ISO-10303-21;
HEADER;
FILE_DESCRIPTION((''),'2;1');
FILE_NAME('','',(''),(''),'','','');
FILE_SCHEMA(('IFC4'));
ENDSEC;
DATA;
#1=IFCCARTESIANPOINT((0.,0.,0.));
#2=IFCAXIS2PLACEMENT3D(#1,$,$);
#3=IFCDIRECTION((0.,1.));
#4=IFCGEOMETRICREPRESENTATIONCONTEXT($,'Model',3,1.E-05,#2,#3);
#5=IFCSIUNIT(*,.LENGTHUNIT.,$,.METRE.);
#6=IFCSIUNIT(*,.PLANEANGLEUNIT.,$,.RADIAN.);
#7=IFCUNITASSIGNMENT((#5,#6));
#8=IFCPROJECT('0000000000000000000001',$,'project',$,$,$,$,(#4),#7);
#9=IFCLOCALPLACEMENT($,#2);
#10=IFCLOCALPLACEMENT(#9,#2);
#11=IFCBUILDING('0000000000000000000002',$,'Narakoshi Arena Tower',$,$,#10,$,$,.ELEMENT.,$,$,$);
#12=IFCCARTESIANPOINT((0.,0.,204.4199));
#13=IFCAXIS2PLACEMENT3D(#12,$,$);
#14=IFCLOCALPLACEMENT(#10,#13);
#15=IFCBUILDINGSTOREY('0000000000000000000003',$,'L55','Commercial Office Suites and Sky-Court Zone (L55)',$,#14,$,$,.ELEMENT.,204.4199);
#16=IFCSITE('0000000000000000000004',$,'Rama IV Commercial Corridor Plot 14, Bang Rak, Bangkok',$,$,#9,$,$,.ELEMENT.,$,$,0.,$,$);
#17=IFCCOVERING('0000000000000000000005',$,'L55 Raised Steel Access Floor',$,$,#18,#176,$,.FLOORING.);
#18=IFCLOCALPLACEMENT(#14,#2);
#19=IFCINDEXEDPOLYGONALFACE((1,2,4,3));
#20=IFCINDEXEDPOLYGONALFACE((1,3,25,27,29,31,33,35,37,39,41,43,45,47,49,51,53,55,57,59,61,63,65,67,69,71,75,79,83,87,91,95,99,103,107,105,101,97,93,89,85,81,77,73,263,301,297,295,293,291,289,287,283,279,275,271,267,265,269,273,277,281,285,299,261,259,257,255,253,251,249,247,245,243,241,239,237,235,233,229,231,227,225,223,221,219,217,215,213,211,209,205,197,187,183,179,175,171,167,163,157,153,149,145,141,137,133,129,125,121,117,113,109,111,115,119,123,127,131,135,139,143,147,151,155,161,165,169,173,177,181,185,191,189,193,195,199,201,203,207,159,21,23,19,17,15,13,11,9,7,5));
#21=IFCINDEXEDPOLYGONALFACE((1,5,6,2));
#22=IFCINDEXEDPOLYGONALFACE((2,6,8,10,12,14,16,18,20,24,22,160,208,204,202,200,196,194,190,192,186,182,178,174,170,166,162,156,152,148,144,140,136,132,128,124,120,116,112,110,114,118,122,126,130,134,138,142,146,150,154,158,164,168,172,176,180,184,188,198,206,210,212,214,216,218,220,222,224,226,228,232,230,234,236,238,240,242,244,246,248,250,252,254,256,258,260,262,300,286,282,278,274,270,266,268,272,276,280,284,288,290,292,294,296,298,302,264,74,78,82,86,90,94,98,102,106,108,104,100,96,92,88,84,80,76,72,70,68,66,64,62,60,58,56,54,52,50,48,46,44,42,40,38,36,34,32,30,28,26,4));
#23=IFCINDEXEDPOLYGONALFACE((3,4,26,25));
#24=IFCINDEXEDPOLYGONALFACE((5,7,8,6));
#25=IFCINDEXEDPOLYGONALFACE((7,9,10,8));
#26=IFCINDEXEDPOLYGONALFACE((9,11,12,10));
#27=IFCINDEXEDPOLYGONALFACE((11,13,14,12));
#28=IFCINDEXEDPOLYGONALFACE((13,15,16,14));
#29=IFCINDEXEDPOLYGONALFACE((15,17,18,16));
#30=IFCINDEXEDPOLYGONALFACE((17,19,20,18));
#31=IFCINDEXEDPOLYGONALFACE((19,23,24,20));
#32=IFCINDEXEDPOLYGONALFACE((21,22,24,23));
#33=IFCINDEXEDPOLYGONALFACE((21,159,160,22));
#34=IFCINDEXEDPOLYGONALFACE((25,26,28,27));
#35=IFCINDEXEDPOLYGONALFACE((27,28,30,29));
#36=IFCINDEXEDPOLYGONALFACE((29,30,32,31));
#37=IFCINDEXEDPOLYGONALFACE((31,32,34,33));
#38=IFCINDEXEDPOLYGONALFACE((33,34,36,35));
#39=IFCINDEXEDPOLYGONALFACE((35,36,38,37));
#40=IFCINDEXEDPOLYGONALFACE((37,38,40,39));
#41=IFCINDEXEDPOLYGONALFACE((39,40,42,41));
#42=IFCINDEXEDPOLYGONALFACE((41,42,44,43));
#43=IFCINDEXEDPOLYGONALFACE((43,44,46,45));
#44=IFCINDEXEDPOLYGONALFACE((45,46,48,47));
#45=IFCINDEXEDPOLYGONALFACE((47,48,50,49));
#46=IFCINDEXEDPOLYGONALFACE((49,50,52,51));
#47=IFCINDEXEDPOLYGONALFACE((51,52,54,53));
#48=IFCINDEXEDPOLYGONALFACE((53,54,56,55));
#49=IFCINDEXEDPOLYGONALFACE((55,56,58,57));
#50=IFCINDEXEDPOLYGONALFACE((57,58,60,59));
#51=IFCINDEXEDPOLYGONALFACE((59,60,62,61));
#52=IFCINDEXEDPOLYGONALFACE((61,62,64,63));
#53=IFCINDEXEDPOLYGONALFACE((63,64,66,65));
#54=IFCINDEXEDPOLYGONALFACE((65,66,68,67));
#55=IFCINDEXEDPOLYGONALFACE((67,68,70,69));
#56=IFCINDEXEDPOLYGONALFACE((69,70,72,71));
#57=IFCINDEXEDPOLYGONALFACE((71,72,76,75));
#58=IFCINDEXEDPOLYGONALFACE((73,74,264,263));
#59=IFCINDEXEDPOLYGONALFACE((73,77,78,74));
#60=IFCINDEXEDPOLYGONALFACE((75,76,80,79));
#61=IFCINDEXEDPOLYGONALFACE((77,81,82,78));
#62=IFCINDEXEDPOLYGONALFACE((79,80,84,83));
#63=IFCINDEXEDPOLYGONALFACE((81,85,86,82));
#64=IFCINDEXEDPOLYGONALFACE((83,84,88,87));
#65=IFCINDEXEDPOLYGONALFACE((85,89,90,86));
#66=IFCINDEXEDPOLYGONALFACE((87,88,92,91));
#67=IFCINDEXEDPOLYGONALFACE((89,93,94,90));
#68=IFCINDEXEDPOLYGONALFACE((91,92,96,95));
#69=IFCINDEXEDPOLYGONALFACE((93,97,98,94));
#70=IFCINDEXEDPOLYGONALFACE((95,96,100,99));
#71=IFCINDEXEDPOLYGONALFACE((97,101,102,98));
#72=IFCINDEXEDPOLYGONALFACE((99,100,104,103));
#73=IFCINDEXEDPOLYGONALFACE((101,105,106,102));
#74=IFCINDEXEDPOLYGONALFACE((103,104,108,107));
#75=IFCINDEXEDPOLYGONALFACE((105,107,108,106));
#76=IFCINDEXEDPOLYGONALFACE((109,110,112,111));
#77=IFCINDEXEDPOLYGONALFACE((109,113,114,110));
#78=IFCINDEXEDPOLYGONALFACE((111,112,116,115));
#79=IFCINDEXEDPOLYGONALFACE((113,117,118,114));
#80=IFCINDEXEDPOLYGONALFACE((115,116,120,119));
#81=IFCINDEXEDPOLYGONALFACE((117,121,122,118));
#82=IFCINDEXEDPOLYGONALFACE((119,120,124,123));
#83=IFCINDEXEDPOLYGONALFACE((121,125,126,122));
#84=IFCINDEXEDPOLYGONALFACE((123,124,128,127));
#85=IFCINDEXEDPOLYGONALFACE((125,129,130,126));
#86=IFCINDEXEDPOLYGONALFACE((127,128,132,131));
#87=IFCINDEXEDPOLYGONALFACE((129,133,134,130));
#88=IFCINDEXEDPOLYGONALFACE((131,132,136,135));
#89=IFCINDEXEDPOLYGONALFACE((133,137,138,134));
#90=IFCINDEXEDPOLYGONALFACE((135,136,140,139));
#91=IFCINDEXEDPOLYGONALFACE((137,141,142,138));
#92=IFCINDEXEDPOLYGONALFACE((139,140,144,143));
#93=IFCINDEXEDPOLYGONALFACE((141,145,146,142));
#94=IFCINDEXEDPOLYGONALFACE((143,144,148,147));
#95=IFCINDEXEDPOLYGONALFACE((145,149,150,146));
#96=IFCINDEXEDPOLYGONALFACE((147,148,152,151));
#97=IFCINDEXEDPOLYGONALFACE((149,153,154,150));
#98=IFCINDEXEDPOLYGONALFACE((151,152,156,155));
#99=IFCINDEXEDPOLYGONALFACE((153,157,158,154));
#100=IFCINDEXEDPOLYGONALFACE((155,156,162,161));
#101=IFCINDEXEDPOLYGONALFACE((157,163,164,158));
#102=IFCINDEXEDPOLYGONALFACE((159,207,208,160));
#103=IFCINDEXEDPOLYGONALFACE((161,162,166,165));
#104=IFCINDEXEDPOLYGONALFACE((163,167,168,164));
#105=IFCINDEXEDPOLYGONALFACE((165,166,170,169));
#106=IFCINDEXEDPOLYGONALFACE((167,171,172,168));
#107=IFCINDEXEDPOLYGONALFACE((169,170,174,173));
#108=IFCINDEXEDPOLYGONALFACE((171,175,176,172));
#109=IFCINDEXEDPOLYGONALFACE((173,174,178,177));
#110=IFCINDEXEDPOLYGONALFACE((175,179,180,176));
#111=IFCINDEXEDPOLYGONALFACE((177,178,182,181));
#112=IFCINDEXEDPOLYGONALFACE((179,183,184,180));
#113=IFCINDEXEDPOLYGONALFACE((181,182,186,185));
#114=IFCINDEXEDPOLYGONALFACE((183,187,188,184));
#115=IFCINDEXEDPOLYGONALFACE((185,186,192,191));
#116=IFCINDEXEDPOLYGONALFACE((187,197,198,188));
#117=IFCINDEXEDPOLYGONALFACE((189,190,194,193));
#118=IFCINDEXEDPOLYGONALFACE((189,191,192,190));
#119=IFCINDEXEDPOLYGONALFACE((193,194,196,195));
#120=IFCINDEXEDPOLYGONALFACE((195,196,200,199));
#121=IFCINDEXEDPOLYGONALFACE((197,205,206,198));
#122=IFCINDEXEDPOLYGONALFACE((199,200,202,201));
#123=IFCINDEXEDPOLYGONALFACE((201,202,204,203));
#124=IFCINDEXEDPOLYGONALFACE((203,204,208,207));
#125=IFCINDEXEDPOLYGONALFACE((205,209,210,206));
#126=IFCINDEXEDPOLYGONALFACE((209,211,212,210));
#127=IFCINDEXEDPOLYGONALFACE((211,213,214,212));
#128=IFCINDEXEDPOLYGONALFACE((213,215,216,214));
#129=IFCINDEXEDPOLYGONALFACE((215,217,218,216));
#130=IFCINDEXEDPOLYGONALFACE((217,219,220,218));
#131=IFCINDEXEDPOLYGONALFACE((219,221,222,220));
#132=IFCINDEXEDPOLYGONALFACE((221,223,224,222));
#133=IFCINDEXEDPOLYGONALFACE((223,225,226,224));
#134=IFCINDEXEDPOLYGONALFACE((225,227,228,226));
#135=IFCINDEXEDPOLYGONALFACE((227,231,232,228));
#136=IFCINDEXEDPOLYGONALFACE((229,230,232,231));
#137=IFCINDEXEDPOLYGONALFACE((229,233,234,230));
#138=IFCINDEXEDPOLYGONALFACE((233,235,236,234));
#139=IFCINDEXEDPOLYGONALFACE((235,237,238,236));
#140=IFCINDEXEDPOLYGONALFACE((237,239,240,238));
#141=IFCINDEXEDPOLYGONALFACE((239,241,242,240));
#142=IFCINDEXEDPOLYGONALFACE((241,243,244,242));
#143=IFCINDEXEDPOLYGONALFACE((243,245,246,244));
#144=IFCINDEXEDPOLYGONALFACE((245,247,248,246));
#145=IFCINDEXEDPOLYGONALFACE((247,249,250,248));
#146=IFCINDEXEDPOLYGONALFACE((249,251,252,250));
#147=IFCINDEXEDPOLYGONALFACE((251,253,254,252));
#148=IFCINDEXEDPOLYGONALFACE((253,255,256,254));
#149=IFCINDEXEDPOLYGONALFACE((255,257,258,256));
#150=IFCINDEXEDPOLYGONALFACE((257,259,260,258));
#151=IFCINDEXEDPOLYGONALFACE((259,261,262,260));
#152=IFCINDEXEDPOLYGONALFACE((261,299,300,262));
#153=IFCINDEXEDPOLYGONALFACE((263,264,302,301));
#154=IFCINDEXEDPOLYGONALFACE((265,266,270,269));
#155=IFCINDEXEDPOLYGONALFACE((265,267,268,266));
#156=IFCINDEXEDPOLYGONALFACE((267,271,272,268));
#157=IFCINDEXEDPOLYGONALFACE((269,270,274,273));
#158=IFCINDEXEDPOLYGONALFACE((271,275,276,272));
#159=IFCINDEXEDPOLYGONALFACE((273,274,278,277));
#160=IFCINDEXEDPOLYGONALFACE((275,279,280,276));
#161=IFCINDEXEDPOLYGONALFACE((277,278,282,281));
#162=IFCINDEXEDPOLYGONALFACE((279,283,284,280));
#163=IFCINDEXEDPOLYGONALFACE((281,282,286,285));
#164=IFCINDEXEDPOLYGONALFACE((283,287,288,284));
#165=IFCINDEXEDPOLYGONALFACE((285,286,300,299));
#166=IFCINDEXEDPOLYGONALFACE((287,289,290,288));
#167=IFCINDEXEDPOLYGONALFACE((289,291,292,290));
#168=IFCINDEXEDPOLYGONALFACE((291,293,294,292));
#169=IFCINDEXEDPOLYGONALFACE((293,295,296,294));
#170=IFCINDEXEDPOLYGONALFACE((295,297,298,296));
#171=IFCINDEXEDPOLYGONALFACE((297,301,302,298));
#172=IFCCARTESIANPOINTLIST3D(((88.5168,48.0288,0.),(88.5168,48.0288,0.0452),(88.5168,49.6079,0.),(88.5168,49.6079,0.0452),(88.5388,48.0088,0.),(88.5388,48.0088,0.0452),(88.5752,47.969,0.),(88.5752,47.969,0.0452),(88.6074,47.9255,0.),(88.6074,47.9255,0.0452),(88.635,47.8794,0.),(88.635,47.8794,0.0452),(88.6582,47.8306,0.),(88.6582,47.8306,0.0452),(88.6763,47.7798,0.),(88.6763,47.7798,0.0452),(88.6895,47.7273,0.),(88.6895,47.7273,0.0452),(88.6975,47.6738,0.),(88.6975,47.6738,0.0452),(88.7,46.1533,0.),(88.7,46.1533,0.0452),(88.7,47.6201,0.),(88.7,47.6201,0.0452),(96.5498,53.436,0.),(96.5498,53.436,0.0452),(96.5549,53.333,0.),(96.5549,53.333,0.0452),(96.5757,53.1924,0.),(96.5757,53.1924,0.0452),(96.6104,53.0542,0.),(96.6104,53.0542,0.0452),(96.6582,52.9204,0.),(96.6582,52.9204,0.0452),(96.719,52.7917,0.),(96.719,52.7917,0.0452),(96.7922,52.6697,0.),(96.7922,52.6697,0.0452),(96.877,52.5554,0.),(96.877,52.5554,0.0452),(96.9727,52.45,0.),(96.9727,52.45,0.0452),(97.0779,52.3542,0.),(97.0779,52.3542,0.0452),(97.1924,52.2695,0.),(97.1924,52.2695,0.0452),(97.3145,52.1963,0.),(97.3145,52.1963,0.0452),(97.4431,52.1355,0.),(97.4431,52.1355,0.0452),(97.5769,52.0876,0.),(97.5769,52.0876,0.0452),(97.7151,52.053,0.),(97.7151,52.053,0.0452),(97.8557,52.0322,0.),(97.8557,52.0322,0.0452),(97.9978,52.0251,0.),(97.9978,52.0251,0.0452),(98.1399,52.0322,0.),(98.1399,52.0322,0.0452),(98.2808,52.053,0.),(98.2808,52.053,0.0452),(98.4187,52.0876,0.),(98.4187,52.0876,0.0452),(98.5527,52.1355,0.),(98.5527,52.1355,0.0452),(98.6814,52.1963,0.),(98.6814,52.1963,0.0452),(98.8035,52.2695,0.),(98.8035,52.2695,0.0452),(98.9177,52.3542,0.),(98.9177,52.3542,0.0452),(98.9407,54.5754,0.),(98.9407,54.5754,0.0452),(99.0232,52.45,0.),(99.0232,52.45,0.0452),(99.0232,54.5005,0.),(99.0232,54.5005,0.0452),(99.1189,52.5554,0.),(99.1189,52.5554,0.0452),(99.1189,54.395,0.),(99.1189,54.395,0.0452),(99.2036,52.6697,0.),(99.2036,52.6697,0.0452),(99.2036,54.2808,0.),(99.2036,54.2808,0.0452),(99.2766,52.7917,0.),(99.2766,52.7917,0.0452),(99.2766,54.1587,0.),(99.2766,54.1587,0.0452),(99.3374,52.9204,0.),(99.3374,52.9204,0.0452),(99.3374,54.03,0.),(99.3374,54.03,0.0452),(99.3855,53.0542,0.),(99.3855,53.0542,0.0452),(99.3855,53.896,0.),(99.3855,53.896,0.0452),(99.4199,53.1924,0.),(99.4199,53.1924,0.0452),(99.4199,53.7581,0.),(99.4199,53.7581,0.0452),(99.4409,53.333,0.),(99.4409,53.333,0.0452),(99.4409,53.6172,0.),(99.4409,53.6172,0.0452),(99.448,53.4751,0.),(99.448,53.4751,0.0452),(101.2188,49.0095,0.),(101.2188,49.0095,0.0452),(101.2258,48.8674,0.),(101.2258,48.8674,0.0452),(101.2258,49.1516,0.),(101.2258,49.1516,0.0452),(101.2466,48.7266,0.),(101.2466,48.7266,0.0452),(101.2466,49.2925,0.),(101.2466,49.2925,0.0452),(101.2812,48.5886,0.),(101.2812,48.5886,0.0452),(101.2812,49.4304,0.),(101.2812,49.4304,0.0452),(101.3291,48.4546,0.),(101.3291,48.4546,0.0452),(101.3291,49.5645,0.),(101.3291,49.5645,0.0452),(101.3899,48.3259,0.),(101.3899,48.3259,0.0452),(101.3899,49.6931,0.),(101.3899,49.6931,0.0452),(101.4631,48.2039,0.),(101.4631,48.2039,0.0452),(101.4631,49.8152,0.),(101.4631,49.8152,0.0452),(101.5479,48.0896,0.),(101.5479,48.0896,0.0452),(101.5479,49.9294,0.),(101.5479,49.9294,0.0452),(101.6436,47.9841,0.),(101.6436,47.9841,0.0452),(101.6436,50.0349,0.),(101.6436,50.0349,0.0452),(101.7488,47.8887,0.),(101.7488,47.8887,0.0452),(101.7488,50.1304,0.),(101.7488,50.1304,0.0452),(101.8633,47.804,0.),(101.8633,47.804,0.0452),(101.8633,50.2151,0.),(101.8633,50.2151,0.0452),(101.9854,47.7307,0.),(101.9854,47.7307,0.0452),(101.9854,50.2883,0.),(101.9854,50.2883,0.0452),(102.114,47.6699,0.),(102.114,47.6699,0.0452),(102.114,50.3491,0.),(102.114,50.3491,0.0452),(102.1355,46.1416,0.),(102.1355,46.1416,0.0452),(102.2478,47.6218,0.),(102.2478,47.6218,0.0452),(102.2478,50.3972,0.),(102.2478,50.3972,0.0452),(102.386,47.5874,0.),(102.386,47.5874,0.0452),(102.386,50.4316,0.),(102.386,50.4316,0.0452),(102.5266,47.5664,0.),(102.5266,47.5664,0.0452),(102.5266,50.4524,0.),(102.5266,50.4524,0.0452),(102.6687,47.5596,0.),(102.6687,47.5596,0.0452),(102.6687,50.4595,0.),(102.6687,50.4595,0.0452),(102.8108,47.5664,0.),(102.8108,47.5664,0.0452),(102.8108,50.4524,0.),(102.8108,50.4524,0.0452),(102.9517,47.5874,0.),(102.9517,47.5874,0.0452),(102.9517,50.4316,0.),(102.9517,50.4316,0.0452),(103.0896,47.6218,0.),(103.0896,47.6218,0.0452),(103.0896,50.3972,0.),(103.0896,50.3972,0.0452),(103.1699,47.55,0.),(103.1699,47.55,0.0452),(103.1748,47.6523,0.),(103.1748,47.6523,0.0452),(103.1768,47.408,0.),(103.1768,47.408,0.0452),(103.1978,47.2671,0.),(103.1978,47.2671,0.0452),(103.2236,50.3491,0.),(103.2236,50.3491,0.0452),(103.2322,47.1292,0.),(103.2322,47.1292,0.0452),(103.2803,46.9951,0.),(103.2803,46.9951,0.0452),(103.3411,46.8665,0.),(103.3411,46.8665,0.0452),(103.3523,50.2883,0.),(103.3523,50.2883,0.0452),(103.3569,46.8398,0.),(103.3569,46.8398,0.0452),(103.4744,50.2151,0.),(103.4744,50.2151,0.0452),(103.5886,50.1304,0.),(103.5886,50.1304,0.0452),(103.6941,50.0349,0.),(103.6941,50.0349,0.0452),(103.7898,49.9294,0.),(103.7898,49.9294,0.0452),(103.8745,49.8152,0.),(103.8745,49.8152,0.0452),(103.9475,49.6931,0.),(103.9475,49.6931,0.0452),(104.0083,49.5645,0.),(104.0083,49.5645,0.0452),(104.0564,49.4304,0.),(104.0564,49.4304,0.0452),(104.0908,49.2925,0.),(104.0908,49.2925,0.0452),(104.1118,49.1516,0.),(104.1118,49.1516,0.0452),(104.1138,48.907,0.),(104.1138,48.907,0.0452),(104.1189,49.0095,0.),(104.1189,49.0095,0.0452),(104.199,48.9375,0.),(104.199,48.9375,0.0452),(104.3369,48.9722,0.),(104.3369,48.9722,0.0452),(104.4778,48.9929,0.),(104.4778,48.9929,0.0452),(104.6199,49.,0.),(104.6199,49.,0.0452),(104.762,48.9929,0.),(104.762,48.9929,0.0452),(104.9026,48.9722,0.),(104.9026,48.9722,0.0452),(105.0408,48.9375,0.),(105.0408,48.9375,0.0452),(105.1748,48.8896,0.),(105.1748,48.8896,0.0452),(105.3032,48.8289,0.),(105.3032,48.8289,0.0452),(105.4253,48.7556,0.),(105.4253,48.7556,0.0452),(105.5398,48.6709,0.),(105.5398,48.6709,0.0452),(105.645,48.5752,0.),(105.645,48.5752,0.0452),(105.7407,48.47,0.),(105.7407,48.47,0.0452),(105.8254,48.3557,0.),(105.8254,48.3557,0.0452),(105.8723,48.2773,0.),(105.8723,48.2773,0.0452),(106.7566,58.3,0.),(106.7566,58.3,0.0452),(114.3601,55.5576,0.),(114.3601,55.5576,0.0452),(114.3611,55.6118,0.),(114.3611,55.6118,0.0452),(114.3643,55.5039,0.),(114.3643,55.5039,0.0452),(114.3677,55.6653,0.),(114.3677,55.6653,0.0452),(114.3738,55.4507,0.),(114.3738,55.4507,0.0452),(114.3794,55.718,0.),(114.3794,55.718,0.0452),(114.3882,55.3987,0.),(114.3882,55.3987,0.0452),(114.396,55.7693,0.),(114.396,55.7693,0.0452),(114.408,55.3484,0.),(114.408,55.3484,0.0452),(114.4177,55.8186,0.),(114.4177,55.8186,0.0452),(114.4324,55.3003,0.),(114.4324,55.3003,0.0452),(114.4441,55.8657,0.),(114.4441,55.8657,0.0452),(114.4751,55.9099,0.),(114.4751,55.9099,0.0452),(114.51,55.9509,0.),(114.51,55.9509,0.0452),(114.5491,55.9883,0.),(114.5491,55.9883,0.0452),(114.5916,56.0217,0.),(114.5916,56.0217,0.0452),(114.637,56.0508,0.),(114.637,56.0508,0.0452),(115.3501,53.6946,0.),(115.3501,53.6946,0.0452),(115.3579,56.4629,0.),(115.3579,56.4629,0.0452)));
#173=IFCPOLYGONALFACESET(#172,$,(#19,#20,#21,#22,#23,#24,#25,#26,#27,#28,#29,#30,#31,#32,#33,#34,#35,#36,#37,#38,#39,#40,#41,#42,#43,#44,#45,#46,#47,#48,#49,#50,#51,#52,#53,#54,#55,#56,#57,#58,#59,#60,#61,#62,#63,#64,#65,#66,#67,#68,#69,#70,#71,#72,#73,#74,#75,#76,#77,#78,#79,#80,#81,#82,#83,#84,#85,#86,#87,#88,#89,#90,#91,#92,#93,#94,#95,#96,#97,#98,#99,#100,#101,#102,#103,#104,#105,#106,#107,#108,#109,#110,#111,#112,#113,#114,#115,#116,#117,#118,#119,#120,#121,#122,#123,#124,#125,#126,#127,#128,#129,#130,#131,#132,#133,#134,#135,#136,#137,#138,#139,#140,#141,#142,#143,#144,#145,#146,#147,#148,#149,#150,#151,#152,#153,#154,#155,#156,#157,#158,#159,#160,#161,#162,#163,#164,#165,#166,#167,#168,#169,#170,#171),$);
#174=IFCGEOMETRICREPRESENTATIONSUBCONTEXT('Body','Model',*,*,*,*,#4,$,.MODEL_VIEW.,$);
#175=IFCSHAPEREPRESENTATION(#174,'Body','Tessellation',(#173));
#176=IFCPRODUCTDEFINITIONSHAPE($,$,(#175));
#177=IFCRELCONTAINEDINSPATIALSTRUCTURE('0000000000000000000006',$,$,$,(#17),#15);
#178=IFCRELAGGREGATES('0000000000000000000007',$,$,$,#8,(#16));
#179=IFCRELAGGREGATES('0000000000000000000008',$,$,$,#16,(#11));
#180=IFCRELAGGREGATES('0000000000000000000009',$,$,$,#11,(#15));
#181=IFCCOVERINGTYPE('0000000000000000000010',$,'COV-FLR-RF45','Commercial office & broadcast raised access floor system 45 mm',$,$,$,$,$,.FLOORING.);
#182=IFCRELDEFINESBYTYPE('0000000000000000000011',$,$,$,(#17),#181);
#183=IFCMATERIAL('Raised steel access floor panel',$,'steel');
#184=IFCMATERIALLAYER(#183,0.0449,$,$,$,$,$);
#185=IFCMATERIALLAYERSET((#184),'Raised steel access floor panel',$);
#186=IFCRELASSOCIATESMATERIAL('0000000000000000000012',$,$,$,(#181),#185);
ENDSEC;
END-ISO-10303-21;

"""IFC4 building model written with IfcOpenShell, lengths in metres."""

from ifc_helpers import new_model, si_unit, direction, frame, origin, place, context, subcontext, project, spatial, polyline, outline, extrude, material, layer, layer_set, type_object, element, save


model = new_model("IFC4")

# Units and contexts
model_context = context("Model", 3, precision=1e-05, world=origin(), true_north=direction((0.0, 1.0)))
body_context = subcontext(model_context, "Body", "Model", "MODEL_VIEW")
ifc_project = project(units=[si_unit("LENGTHUNIT", "METRE"), si_unit("PLANEANGLEUNIT", "RADIAN")], contexts=[model_context])

# Site, building, storey
site_placement = place(None, origin())
site = spatial("IfcSite", under=ifc_project, at=site_placement, Name="Rama IV Commercial Corridor Plot 14, Bang Rak, Bangkok", CompositionType="ELEMENT", RefElevation=0.0)
building_placement = place(site_placement, origin())
building = spatial("IfcBuilding", under=site, at=building_placement, Name="Narakoshi Arena Tower", CompositionType="ELEMENT")
storey_placement = place(building_placement, frame((0.0, 0.0, 204.4199)))
storey = spatial("IfcBuildingStorey", under=building, at=storey_placement, Name="L55", Description="Commercial Office Suites and Sky-Court Zone (L55)", CompositionType="ELEMENT", Elevation=204.4199)

# Covering
ifc_material_1 = material(Name="Raised steel access floor panel", Category="steel")
ifc_layer_1 = layer(ifc_material_1, 0.0449)
ifc_layer_set_1 = layer_set([ifc_layer_1], Name="Raised steel access floor panel")
covering_type_1 = type_object("IfcCoveringType", Name="COV-FLR-RF45", Description="Commercial office & broadcast raised access floor system 45 mm", PredefinedType="FLOORING", material=ifc_layer_set_1)
covering_1_placement = place(storey_placement, origin())
element("IfcCovering", 1, at=covering_1_placement, inside=storey, type_object=covering_type_1, Name="L55 Raised Steel Access Floor", PredefinedType="FLOORING", context=body_context, shape_type="SweptSolid", body=[
    extrude(outline(polyline([(88.7, 47.6201), (88.6975, 47.6738), (88.6895, 47.7273), (88.6763, 47.7798), (88.6582, 47.8306), (88.635, 47.8794), (88.6074, 47.9255), (88.5752, 47.969), (88.5388, 48.0088), (88.5168, 48.0288), (88.5168, 49.6079), (96.5498, 53.436), (96.5549, 53.333), (96.5757, 53.1924), (96.6104, 53.0542), (96.6582, 52.9204), (96.719, 52.7917), (96.7922, 52.6697), (96.877, 52.5554), (96.9727, 52.45), (97.0779, 52.3542), (97.1924, 52.2695), (97.3145, 52.1963), (97.4431, 52.1355), (97.5769, 52.0876), (97.7151, 52.053), (97.8557, 52.0322), (97.9978, 52.0251), (98.1399, 52.0322), (98.2808, 52.053), (98.4187, 52.0876), (98.5527, 52.1355), (98.6814, 52.1963), (98.8035, 52.2695), (98.9177, 52.3542), (99.0232, 52.45), (99.1189, 52.5554), (99.2036, 52.6697), (99.2766, 52.7917), (99.3374, 52.9204), (99.3855, 53.0542), (99.4199, 53.1924), (99.4409, 53.333), (99.448, 53.4751), (99.4409, 53.6172), (99.4199, 53.7581), (99.3855, 53.896), (99.3374, 54.03), (99.2766, 54.1587), (99.2036, 54.2808), (99.1189, 54.395), (99.0232, 54.5005), (98.9407, 54.5754), (106.7566, 58.3), (115.3579, 56.4629), (114.637, 56.0508), (114.5916, 56.0217), (114.5491, 55.9883), (114.51, 55.9509), (114.4751, 55.9099), (114.4441, 55.8657), (114.4177, 55.8186), (114.396, 55.7693), (114.3794, 55.718), (114.3677, 55.6653), (114.3611, 55.6118), (114.3601, 55.5576), (114.3643, 55.5039), (114.3738, 55.4507), (114.3882, 55.3987), (114.408, 55.3484), (114.4324, 55.3003), (115.3501, 53.6946), (105.8723, 48.2773), (105.8254, 48.3557), (105.7407, 48.47), (105.645, 48.5752), (105.5398, 48.6709), (105.4253, 48.7556), (105.3032, 48.8289), (105.1748, 48.8896), (105.0408, 48.9375), (104.9026, 48.9722), (104.762, 48.9929), (104.6199, 49.0), (104.4778, 48.9929), (104.3369, 48.9722), (104.199, 48.9375), (104.1138, 48.907), (104.1189, 49.0095), (104.1118, 49.1516), (104.0908, 49.2925), (104.0564, 49.4304), (104.0083, 49.5645), (103.9475, 49.6931), (103.8745, 49.8152), (103.7898, 49.9294), (103.6941, 50.0349), (103.5886, 50.1304), (103.4744, 50.2151), (103.3523, 50.2883), (103.2236, 50.3491), (103.0896, 50.3972), (102.9517, 50.4316), (102.8108, 50.4524), (102.6687, 50.4595), (102.5266, 50.4524), (102.386, 50.4316), (102.2478, 50.3972), (102.114, 50.3491), (101.9854, 50.2883), (101.8633, 50.2151), (101.7488, 50.1304), (101.6436, 50.0349), (101.5479, 49.9294), (101.4631, 49.8152), (101.3899, 49.6931), (101.3291, 49.5645), (101.2812, 49.4304), (101.2466, 49.2925), (101.2258, 49.1516), (101.2188, 49.0095), (101.2258, 48.8674), (101.2466, 48.7266), (101.2812, 48.5886), (101.3291, 48.4546), (101.3899, 48.3259), (101.4631, 48.2039), (101.5479, 48.0896), (101.6436, 47.9841), (101.7488, 47.8887), (101.8633, 47.804), (101.9854, 47.7307), (102.114, 47.6699), (102.2478, 47.6218), (102.386, 47.5874), (102.5266, 47.5664), (102.6687, 47.5596), (102.8108, 47.5664), (102.9517, 47.5874), (103.0896, 47.6218), (103.1748, 47.6523), (103.1699, 47.55), (103.1768, 47.408), (103.1978, 47.2671), (103.2322, 47.1292), (103.2803, 46.9951), (103.3411, 46.8665), (103.3569, 46.8398), (102.1355, 46.1416), (88.7, 46.1533), (88.7, 47.6201)])), origin(), (0.0, 0.0, 1.0), 0.0452),
])

save(model, "model.ifc")
